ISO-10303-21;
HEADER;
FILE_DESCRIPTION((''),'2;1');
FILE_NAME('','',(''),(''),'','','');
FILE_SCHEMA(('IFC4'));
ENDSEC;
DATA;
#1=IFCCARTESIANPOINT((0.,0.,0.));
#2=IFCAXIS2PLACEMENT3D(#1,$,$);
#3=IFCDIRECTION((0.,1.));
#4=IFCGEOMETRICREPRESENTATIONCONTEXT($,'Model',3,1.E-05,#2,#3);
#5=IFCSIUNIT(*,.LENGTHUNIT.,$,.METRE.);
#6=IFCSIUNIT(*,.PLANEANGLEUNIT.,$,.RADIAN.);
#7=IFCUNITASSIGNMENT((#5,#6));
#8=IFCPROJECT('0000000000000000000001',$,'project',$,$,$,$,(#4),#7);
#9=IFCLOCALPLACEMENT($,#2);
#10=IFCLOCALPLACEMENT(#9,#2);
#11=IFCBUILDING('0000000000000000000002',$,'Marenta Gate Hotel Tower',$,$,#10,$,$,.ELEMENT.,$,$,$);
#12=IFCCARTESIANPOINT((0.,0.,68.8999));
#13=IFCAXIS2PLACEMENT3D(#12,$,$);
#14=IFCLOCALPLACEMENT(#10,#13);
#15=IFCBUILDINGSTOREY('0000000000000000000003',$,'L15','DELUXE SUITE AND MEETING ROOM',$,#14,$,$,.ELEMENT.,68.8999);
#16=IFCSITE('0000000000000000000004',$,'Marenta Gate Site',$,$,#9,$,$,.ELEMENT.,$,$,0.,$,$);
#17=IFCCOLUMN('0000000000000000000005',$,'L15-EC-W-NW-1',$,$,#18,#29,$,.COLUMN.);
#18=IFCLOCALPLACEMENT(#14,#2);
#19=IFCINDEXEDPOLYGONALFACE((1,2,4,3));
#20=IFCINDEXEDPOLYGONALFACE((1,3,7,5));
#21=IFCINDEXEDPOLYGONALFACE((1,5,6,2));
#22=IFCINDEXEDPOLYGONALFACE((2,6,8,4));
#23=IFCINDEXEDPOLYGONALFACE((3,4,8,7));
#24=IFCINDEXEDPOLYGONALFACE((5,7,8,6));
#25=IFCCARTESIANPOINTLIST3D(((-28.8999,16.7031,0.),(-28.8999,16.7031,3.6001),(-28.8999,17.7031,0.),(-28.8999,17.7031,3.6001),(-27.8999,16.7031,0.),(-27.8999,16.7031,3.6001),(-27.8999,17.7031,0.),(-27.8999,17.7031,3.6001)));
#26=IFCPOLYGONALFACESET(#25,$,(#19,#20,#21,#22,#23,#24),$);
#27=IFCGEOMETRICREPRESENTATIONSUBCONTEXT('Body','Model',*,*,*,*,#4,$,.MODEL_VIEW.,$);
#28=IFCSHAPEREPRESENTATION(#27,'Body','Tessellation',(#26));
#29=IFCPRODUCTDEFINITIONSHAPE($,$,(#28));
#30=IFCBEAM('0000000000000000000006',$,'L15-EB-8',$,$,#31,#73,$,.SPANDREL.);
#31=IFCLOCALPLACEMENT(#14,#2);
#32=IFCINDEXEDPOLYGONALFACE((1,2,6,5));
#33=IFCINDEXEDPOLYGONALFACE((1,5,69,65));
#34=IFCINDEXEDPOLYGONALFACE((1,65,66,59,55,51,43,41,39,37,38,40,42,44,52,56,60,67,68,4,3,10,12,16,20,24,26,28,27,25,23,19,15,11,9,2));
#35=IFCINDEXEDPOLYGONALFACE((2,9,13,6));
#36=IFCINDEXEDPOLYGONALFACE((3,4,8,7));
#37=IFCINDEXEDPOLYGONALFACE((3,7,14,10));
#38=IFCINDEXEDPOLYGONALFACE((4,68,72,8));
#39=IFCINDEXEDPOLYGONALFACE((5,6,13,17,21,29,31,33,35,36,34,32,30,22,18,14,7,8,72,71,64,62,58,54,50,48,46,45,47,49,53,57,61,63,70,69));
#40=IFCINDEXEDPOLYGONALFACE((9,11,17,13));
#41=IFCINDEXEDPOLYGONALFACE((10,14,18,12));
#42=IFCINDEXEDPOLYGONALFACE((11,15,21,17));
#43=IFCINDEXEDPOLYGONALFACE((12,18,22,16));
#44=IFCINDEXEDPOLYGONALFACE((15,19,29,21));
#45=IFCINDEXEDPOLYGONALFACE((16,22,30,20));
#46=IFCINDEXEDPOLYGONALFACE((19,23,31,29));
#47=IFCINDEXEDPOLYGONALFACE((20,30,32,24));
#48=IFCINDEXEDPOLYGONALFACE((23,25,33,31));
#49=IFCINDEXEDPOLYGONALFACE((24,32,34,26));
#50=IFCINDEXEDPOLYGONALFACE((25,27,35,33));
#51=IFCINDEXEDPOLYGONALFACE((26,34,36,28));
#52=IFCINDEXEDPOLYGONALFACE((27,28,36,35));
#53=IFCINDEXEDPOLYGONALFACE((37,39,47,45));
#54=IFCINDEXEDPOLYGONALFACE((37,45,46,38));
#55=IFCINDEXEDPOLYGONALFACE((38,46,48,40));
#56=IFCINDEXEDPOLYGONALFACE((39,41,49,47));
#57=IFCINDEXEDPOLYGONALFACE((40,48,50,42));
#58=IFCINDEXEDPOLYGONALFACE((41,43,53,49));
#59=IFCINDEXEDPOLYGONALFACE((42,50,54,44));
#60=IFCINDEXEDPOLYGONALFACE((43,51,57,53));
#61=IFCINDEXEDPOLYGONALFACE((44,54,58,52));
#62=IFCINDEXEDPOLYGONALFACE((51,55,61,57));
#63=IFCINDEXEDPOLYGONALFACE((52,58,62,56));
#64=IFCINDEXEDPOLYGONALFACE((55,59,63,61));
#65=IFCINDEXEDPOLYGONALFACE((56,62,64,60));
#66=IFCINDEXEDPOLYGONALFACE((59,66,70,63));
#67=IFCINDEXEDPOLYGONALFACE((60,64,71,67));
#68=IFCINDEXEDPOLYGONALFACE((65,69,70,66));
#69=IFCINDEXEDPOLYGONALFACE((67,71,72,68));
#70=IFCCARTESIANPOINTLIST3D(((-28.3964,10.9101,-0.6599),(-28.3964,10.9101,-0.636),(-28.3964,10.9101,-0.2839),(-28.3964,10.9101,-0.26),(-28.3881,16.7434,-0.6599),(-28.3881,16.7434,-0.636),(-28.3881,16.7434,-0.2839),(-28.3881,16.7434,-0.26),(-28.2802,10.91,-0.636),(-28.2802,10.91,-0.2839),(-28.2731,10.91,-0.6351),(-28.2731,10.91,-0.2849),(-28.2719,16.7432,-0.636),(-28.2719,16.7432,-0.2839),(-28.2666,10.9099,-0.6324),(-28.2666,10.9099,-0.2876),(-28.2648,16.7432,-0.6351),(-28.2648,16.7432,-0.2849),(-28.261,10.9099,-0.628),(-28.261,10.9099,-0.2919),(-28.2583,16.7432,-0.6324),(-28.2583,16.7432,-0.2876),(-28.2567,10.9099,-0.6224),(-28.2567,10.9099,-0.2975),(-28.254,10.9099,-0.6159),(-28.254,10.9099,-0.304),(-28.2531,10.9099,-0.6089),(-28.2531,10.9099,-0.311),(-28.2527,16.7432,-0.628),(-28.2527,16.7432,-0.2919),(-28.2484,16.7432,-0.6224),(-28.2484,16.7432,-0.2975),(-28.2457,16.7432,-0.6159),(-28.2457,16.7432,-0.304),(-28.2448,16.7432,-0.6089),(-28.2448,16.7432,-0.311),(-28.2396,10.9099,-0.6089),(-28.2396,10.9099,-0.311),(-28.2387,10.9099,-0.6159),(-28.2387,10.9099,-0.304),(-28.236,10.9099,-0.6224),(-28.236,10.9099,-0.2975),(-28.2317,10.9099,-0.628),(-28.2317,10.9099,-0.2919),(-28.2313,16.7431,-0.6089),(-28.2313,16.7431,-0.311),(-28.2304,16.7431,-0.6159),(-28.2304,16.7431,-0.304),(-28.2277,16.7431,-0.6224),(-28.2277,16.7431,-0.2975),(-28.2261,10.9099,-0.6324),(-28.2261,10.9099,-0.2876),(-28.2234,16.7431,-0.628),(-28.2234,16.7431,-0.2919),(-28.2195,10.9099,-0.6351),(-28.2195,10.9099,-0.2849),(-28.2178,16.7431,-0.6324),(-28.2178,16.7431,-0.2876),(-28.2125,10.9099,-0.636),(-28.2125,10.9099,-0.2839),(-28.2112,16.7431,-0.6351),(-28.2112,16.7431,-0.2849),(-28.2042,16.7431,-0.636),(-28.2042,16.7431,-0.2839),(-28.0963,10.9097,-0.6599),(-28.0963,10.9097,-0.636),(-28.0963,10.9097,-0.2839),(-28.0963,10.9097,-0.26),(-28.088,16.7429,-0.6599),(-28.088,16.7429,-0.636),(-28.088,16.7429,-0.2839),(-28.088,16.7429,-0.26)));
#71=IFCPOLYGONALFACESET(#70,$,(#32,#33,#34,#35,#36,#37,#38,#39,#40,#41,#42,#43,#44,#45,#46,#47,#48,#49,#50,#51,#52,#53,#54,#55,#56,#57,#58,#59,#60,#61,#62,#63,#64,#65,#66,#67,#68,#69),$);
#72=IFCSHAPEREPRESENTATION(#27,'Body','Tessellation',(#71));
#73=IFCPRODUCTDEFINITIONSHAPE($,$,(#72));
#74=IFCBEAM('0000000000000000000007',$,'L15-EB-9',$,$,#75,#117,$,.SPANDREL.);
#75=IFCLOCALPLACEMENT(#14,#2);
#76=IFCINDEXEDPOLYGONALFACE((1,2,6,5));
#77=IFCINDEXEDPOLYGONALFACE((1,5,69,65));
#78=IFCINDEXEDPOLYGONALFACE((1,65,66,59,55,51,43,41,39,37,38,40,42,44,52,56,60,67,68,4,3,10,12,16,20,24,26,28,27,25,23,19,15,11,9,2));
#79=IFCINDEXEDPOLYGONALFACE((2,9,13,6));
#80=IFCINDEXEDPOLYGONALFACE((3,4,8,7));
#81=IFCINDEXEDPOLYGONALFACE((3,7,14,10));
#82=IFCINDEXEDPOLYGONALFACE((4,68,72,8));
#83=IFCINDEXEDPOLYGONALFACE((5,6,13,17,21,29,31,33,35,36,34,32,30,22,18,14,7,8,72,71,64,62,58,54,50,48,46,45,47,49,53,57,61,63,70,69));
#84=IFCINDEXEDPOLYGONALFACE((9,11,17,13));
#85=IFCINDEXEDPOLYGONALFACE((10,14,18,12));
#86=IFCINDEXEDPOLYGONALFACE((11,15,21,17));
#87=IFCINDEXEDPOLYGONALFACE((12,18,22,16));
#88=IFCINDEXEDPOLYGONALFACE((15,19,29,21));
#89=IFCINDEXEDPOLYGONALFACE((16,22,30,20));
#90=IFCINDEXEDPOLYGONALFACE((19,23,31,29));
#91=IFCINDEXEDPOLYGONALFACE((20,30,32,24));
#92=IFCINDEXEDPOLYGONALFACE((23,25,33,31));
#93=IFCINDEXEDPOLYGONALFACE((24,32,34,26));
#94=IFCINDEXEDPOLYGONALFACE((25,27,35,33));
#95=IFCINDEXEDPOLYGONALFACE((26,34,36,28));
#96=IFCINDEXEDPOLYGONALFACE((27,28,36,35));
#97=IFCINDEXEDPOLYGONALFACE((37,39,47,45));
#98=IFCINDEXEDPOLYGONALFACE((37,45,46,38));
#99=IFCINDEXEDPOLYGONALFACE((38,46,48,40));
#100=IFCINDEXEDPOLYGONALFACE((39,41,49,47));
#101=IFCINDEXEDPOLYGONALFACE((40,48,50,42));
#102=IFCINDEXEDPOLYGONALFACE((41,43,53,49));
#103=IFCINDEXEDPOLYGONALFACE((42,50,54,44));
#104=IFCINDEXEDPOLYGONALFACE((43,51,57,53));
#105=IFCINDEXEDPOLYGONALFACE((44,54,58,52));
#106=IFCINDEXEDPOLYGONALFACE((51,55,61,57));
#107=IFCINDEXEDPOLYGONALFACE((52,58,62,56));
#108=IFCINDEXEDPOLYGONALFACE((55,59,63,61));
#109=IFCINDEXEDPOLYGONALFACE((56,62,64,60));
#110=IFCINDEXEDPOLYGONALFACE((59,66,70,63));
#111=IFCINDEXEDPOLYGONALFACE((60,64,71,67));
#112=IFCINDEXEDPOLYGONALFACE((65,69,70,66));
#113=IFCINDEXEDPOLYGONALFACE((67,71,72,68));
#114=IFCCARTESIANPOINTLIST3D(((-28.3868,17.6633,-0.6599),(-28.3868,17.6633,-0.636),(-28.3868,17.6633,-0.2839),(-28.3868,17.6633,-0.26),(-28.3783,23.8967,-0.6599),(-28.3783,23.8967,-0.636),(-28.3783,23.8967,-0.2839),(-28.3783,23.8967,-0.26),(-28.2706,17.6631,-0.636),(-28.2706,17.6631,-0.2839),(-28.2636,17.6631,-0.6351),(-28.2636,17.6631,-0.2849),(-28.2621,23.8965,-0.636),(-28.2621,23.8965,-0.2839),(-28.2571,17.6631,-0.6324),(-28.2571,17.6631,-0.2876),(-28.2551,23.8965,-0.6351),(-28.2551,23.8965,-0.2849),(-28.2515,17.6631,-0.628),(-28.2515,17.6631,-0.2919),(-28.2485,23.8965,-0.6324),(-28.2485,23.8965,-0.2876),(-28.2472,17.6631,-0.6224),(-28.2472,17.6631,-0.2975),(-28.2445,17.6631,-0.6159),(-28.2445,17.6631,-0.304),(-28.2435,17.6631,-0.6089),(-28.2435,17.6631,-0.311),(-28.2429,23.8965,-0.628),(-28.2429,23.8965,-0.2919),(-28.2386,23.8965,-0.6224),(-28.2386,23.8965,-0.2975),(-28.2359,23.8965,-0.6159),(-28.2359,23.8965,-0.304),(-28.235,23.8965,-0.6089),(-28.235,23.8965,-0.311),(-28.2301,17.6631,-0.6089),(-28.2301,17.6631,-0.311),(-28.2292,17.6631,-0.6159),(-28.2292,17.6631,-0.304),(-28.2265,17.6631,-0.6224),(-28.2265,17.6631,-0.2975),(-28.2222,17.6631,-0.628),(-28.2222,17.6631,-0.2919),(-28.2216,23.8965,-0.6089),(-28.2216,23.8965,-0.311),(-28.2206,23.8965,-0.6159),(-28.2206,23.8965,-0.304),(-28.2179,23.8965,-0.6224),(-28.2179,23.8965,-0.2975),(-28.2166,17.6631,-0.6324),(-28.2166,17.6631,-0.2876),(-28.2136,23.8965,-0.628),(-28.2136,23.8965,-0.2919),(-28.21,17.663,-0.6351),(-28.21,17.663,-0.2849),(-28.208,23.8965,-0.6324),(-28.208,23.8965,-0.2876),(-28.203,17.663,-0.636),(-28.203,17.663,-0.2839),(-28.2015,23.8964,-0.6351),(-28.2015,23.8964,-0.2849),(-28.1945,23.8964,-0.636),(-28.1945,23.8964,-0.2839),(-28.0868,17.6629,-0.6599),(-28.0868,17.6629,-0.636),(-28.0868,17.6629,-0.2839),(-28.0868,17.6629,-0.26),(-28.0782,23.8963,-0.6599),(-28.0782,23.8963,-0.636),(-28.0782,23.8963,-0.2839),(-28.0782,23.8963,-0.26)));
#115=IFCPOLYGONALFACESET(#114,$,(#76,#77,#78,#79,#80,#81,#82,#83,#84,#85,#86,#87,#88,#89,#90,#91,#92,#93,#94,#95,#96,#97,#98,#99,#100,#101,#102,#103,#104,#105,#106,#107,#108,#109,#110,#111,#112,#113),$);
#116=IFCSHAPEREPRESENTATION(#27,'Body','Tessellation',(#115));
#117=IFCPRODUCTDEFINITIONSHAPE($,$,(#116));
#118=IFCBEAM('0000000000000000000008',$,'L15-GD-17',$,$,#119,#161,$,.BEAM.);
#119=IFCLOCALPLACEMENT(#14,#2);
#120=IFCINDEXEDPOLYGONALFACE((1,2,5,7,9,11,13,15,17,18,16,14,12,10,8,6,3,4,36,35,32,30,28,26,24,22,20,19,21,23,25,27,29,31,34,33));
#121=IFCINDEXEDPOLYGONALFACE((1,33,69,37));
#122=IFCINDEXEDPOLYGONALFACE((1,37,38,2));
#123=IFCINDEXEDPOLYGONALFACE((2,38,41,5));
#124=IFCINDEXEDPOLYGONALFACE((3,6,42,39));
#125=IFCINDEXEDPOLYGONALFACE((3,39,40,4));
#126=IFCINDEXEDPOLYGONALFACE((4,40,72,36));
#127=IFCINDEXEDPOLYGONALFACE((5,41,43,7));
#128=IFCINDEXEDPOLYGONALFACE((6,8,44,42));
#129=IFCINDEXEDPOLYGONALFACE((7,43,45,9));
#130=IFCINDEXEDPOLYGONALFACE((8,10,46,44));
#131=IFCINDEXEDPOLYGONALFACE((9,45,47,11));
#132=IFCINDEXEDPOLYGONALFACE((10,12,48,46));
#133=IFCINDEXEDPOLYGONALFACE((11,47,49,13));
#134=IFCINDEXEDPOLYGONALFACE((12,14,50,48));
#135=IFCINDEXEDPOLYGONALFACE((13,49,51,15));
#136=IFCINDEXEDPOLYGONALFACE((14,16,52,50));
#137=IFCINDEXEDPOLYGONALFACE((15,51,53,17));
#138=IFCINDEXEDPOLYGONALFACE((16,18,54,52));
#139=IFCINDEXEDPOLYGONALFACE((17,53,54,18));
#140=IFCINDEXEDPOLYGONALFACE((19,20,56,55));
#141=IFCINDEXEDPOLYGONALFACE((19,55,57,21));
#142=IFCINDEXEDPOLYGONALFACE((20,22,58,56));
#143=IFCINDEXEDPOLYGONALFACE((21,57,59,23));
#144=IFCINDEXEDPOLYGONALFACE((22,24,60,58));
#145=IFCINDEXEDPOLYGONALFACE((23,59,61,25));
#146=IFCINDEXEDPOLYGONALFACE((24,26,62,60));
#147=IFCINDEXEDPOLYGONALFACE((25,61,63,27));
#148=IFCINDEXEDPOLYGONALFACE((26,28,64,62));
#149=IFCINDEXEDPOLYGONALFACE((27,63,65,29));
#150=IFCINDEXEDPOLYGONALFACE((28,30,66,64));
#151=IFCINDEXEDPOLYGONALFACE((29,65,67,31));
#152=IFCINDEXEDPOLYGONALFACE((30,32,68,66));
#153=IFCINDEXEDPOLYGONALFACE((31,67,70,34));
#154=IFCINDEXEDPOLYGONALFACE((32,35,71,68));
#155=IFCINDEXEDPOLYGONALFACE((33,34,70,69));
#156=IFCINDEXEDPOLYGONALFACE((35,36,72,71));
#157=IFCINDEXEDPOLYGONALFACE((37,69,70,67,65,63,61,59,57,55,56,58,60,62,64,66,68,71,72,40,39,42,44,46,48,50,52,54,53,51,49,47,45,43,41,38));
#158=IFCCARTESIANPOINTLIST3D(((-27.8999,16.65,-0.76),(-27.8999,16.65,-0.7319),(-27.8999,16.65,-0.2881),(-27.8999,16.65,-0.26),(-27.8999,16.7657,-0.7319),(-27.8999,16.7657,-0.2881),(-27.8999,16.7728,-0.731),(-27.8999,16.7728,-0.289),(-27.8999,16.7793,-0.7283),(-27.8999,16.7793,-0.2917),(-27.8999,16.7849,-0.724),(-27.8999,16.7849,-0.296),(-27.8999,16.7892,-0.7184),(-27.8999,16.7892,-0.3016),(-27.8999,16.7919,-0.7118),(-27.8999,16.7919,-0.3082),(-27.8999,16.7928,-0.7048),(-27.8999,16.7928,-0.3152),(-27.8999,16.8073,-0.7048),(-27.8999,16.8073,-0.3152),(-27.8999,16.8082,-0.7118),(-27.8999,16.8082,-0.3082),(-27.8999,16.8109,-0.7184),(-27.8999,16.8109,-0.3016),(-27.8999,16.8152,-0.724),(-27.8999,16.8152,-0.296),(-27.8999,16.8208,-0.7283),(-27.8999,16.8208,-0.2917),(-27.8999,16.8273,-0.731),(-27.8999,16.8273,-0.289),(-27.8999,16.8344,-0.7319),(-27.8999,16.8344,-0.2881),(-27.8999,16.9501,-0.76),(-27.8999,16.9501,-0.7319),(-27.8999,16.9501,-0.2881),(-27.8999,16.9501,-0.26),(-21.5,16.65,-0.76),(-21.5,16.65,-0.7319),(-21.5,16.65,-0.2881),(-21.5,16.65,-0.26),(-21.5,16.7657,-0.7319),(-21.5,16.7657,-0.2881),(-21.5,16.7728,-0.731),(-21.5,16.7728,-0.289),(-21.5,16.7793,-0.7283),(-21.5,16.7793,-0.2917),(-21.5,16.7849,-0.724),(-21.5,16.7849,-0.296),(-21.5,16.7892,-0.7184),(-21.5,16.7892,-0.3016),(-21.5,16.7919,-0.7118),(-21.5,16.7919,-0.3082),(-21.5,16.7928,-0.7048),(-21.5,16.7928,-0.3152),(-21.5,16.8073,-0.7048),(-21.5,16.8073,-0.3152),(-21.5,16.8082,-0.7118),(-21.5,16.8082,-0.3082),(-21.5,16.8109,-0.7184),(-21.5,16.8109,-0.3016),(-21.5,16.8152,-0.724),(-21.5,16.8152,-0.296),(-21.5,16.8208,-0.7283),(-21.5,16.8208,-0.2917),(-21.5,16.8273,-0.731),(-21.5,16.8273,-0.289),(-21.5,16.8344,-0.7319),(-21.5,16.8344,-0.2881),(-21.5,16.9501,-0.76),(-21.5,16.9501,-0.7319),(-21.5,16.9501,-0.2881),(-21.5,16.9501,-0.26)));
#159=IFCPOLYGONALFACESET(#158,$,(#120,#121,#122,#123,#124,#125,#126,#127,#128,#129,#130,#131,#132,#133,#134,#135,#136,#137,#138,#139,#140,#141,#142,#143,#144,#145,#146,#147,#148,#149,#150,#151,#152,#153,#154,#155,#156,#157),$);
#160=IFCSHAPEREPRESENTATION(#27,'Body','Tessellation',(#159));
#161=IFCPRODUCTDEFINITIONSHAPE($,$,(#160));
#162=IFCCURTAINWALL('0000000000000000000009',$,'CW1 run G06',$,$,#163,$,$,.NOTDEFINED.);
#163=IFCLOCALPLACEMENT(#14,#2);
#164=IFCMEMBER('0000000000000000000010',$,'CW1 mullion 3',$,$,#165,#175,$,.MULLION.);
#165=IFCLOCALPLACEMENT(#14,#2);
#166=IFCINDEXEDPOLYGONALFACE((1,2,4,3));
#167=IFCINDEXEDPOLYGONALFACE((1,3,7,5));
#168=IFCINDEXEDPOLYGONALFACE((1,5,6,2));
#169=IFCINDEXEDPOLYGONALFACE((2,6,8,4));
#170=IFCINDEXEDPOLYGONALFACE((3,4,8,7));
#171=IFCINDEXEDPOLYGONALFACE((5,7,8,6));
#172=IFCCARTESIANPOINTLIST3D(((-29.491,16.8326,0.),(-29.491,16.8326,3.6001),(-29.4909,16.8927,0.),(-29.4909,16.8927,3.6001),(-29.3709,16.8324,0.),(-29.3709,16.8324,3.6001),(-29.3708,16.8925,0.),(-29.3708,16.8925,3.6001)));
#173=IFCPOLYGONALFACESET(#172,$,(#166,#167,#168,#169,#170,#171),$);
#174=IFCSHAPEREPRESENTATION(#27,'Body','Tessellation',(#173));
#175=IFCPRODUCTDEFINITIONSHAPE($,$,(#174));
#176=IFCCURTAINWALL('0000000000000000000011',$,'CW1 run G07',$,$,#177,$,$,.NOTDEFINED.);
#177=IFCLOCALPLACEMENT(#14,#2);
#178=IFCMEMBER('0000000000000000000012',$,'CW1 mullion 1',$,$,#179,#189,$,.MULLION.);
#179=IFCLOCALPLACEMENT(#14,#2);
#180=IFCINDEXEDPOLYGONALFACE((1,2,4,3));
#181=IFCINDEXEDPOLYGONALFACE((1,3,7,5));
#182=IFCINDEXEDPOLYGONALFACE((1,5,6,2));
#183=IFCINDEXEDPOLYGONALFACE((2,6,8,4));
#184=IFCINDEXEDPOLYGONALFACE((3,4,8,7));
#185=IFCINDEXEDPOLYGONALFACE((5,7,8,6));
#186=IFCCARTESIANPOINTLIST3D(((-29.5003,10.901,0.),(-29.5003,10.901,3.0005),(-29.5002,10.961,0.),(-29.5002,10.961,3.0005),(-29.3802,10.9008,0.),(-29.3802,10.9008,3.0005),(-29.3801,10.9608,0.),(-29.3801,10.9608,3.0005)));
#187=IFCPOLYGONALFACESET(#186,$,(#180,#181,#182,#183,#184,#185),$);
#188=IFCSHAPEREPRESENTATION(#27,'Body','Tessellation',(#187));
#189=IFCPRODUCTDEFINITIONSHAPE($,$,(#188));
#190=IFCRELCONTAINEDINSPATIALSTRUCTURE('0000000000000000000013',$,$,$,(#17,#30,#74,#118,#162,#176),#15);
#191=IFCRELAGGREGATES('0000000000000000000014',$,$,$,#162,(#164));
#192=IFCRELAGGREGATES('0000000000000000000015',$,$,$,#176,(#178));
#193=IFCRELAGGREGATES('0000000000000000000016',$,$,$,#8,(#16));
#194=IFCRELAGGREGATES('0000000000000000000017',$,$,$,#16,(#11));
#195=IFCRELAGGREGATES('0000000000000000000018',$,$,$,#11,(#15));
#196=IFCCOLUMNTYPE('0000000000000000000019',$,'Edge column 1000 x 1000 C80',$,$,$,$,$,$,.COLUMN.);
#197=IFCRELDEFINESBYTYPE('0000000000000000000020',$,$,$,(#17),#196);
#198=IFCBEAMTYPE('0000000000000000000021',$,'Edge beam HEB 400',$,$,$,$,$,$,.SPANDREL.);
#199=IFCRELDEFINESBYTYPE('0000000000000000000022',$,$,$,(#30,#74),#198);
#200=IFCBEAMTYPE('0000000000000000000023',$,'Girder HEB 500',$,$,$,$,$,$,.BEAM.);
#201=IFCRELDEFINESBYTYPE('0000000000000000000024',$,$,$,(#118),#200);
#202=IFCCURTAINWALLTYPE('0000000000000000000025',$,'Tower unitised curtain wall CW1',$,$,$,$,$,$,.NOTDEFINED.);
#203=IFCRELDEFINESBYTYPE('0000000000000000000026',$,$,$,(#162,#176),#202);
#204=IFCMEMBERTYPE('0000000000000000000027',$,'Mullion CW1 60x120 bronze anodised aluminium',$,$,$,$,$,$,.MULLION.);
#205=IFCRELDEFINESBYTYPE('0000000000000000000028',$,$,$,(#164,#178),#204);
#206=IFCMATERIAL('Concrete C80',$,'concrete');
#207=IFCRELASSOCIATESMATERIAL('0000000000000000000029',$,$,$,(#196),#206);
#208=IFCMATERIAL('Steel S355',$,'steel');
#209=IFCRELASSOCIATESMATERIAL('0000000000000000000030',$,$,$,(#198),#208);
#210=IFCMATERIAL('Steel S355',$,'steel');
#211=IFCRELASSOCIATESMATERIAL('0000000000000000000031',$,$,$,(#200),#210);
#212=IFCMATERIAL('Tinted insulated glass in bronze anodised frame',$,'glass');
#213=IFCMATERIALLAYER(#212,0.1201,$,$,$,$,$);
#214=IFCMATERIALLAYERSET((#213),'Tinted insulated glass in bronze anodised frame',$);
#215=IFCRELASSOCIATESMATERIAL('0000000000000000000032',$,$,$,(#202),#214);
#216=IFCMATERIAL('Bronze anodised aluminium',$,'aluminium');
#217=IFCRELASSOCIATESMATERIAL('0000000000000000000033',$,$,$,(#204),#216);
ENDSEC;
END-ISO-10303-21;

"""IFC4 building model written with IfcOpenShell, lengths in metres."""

from ifc_helpers import new_model, si_unit, direction, frame, origin, origin_2d, place, context, subcontext, project, spatial, rectangle, i_section, extrude, material, layer, layer_set, material_profile, profile_set, type_object, element, aggregate, save


model = new_model("IFC4")

# Units and contexts
model_context = context("Model", 3, precision=1e-05, world=origin(), true_north=direction((0.0, 1.0)))
body_context = subcontext(model_context, "Body", "Model", "MODEL_VIEW")
ifc_project = project(units=[si_unit("LENGTHUNIT", "METRE"), si_unit("PLANEANGLEUNIT", "RADIAN")], contexts=[model_context])

# Site, building, storey
site_placement = place(None, origin())
site = spatial("IfcSite", under=ifc_project, at=site_placement, Name="Marenta Gate Site", CompositionType="ELEMENT", RefElevation=0.0)
building_placement = place(site_placement, origin())
building = spatial("IfcBuilding", under=site, at=building_placement, Name="Marenta Gate Hotel Tower", CompositionType="ELEMENT")
storey_placement = place(building_placement, frame((0.0, 0.0, 68.8999)))
storey = spatial("IfcBuildingStorey", under=building, at=storey_placement, Name="L15", Description="DELUXE SUITE AND MEETING ROOM", CompositionType="ELEMENT", Elevation=68.8999)

# Column
ifc_material_1 = material(Name="Concrete C80", Category="concrete")
ifc_material_profile_1 = material_profile(ifc_material_1, rectangle(XDim=1.0, YDim=1.0, at=origin_2d()), Name="1000 x 1000")
ifc_profile_set_1 = profile_set([ifc_material_profile_1], Name="Concrete C80")
column_type = type_object("IfcColumnType", Name="Edge column 1000 x 1000 C80", PredefinedType="COLUMN", material=ifc_profile_set_1)
column_placement = place(storey_placement, frame((-28.3999, 17.2031, 0.0), z_axis=(0.0, 0.0, 1.0), x_axis=(1.0, 0.0, 0.0)))
element("IfcColumn", 1, at=column_placement, inside=storey, type_object=column_type, Name="L15-EC-W-NW-1", PredefinedType="COLUMN", context=body_context, shape_type="SweptSolid", body=[
    extrude(rectangle(XDim=1.0, YDim=1.0, at=origin_2d()), origin(), (0.0, 0.0, 1.0), 3.6001),
])

# Beams
ifc_material_2 = material(Name="Steel S355", Category="steel")
ifc_material_profile_2 = material_profile(ifc_material_2, i_section(OverallWidth=0.3, OverallDepth=0.3999, WebThickness=0.0134, FlangeThickness=0.0239, FilletRadius=0.0271, at=origin_2d()), Name="HEB 400")
ifc_profile_set_2 = profile_set([ifc_material_profile_2], Name="Steel S355")
beam_type_1 = type_object("IfcBeamType", Name="Edge beam HEB 400", PredefinedType="SPANDREL", material=ifc_profile_set_2)
beam_1_placement = place(storey_placement, frame((-28.2463, 10.9099, -0.46), z_axis=(0.001423, 0.999999, 0.0), x_axis=(-0.999999, 0.001423, 0.0)))
element("IfcBeam", 2, at=beam_1_placement, inside=storey, type_object=beam_type_1, Name="L15-EB-8", PredefinedType="SPANDREL", context=body_context, shape_type="SweptSolid", body=[
    extrude(i_section(OverallWidth=0.3, OverallDepth=0.3999, WebThickness=0.0134, FlangeThickness=0.0239, FilletRadius=0.0271, at=origin_2d()), origin(), (0.0, 0.0, 1.0), 5.8333),
])
beam_2_placement = place(storey_placement, frame((-28.2368, 17.6631, -0.46), z_axis=(0.001371, 0.999999, 0.0), x_axis=(-0.999999, 0.001371, 0.0)))
element("IfcBeam", 3, at=beam_2_placement, inside=storey, type_object=beam_type_1, Name="L15-EB-9", PredefinedType="SPANDREL", context=body_context, shape_type="SweptSolid", body=[
    extrude(i_section(OverallWidth=0.3, OverallDepth=0.3999, WebThickness=0.0134, FlangeThickness=0.0239, FilletRadius=0.0271, at=origin_2d()), origin(), (0.0, 0.0, 1.0), 6.2334),
])
ifc_material_3 = material(Name="Steel S355", Category="steel")
ifc_material_profile_3 = material_profile(ifc_material_3, i_section(OverallWidth=0.3, OverallDepth=0.5, WebThickness=0.0144, FlangeThickness=0.0281, FilletRadius=0.0271, at=origin_2d()), Name="HEB 500")
ifc_profile_set_3 = profile_set([ifc_material_profile_3], Name="Steel S355")
beam_type_2 = type_object("IfcBeamType", Name="Girder HEB 500", PredefinedType="BEAM", material=ifc_profile_set_3)
beam_3_placement = place(storey_placement, frame((-27.8999, 16.8, -0.51), z_axis=(1.0, 0.0, 0.0), x_axis=(0.0, 1.0, 0.0)))
element("IfcBeam", 4, at=beam_3_placement, inside=storey, type_object=beam_type_2, Name="L15-GD-17", PredefinedType="BEAM", context=body_context, shape_type="SweptSolid", body=[
    extrude(i_section(OverallWidth=0.3, OverallDepth=0.5, WebThickness=0.0144, FlangeThickness=0.0281, FilletRadius=0.0271, at=origin_2d()), origin(), (0.0, 0.0, 1.0), 6.3999),
])

# Curtain walls, members
ifc_material_4 = material(Name="Tinted insulated glass in bronze anodised frame", Category="glass")
ifc_layer_1 = layer(ifc_material_4, 0.1201)
ifc_layer_set_1 = layer_set([ifc_layer_1], Name="Tinted insulated glass in bronze anodised frame")
curtain_wall_type = type_object("IfcCurtainWallType", Name="Tower unitised curtain wall CW1", PredefinedType="NOTDEFINED", material=ifc_layer_set_1)
curtain_wall_1_placement = place(storey_placement, origin())
curtain_wall_1 = element("IfcCurtainWall", 5, at=curtain_wall_1_placement, inside=storey, type_object=curtain_wall_type, Name="CW1 run G06", PredefinedType="NOTDEFINED")
ifc_material_5 = material(Name="Bronze anodised aluminium", Category="aluminium")
ifc_material_profile_4 = material_profile(ifc_material_5, rectangle(XDim=0.1201, YDim=0.0601, at=origin_2d()), Name="Mullion CW1 60x120 bronze anodised aluminium")
ifc_profile_set_4 = profile_set([ifc_material_profile_4], Name="Bronze anodised aluminium")
member_type_1 = type_object("IfcMemberType", Name="Mullion CW1 60x120 bronze anodised aluminium", PredefinedType="MULLION", material=ifc_profile_set_4)
member_1_placement = place(storey_placement, frame((-29.4309, 16.8625, 0.0), z_axis=(0.0, 0.0, 1.0), x_axis=(0.999999, -0.00157, 0.0)))
member_1 = element("IfcMember", 6, at=member_1_placement, type_object=member_type_1, Name="CW1 mullion 3", PredefinedType="MULLION", context=body_context, shape_type="SweptSolid", body=[
    extrude(rectangle(XDim=0.1201, YDim=0.0601, at=origin_2d()), origin(), (0.0, 0.0, 1.0), 3.6001),
])
curtain_wall_2_placement = place(storey_placement, origin())
curtain_wall_2 = element("IfcCurtainWall", 7, at=curtain_wall_2_placement, inside=storey, type_object=curtain_wall_type, Name="CW1 run G07", PredefinedType="NOTDEFINED")
member_2_placement = place(storey_placement, frame((-29.4402, 10.9309, 0.0), z_axis=(0.0, 0.0, 1.0), x_axis=(0.999999, -0.001528, 0.0)))
member_2 = element("IfcMember", 8, at=member_2_placement, type_object=member_type_1, Name="CW1 mullion 1", PredefinedType="MULLION", context=body_context, shape_type="SweptSolid", body=[
    extrude(rectangle(XDim=0.1201, YDim=0.0601, at=origin_2d()), origin(), (0.0, 0.0, 1.0), 3.0005),
])

aggregate(curtain_wall_1, [member_1])
aggregate(curtain_wall_2, [member_2])

save(model, "model.ifc")
